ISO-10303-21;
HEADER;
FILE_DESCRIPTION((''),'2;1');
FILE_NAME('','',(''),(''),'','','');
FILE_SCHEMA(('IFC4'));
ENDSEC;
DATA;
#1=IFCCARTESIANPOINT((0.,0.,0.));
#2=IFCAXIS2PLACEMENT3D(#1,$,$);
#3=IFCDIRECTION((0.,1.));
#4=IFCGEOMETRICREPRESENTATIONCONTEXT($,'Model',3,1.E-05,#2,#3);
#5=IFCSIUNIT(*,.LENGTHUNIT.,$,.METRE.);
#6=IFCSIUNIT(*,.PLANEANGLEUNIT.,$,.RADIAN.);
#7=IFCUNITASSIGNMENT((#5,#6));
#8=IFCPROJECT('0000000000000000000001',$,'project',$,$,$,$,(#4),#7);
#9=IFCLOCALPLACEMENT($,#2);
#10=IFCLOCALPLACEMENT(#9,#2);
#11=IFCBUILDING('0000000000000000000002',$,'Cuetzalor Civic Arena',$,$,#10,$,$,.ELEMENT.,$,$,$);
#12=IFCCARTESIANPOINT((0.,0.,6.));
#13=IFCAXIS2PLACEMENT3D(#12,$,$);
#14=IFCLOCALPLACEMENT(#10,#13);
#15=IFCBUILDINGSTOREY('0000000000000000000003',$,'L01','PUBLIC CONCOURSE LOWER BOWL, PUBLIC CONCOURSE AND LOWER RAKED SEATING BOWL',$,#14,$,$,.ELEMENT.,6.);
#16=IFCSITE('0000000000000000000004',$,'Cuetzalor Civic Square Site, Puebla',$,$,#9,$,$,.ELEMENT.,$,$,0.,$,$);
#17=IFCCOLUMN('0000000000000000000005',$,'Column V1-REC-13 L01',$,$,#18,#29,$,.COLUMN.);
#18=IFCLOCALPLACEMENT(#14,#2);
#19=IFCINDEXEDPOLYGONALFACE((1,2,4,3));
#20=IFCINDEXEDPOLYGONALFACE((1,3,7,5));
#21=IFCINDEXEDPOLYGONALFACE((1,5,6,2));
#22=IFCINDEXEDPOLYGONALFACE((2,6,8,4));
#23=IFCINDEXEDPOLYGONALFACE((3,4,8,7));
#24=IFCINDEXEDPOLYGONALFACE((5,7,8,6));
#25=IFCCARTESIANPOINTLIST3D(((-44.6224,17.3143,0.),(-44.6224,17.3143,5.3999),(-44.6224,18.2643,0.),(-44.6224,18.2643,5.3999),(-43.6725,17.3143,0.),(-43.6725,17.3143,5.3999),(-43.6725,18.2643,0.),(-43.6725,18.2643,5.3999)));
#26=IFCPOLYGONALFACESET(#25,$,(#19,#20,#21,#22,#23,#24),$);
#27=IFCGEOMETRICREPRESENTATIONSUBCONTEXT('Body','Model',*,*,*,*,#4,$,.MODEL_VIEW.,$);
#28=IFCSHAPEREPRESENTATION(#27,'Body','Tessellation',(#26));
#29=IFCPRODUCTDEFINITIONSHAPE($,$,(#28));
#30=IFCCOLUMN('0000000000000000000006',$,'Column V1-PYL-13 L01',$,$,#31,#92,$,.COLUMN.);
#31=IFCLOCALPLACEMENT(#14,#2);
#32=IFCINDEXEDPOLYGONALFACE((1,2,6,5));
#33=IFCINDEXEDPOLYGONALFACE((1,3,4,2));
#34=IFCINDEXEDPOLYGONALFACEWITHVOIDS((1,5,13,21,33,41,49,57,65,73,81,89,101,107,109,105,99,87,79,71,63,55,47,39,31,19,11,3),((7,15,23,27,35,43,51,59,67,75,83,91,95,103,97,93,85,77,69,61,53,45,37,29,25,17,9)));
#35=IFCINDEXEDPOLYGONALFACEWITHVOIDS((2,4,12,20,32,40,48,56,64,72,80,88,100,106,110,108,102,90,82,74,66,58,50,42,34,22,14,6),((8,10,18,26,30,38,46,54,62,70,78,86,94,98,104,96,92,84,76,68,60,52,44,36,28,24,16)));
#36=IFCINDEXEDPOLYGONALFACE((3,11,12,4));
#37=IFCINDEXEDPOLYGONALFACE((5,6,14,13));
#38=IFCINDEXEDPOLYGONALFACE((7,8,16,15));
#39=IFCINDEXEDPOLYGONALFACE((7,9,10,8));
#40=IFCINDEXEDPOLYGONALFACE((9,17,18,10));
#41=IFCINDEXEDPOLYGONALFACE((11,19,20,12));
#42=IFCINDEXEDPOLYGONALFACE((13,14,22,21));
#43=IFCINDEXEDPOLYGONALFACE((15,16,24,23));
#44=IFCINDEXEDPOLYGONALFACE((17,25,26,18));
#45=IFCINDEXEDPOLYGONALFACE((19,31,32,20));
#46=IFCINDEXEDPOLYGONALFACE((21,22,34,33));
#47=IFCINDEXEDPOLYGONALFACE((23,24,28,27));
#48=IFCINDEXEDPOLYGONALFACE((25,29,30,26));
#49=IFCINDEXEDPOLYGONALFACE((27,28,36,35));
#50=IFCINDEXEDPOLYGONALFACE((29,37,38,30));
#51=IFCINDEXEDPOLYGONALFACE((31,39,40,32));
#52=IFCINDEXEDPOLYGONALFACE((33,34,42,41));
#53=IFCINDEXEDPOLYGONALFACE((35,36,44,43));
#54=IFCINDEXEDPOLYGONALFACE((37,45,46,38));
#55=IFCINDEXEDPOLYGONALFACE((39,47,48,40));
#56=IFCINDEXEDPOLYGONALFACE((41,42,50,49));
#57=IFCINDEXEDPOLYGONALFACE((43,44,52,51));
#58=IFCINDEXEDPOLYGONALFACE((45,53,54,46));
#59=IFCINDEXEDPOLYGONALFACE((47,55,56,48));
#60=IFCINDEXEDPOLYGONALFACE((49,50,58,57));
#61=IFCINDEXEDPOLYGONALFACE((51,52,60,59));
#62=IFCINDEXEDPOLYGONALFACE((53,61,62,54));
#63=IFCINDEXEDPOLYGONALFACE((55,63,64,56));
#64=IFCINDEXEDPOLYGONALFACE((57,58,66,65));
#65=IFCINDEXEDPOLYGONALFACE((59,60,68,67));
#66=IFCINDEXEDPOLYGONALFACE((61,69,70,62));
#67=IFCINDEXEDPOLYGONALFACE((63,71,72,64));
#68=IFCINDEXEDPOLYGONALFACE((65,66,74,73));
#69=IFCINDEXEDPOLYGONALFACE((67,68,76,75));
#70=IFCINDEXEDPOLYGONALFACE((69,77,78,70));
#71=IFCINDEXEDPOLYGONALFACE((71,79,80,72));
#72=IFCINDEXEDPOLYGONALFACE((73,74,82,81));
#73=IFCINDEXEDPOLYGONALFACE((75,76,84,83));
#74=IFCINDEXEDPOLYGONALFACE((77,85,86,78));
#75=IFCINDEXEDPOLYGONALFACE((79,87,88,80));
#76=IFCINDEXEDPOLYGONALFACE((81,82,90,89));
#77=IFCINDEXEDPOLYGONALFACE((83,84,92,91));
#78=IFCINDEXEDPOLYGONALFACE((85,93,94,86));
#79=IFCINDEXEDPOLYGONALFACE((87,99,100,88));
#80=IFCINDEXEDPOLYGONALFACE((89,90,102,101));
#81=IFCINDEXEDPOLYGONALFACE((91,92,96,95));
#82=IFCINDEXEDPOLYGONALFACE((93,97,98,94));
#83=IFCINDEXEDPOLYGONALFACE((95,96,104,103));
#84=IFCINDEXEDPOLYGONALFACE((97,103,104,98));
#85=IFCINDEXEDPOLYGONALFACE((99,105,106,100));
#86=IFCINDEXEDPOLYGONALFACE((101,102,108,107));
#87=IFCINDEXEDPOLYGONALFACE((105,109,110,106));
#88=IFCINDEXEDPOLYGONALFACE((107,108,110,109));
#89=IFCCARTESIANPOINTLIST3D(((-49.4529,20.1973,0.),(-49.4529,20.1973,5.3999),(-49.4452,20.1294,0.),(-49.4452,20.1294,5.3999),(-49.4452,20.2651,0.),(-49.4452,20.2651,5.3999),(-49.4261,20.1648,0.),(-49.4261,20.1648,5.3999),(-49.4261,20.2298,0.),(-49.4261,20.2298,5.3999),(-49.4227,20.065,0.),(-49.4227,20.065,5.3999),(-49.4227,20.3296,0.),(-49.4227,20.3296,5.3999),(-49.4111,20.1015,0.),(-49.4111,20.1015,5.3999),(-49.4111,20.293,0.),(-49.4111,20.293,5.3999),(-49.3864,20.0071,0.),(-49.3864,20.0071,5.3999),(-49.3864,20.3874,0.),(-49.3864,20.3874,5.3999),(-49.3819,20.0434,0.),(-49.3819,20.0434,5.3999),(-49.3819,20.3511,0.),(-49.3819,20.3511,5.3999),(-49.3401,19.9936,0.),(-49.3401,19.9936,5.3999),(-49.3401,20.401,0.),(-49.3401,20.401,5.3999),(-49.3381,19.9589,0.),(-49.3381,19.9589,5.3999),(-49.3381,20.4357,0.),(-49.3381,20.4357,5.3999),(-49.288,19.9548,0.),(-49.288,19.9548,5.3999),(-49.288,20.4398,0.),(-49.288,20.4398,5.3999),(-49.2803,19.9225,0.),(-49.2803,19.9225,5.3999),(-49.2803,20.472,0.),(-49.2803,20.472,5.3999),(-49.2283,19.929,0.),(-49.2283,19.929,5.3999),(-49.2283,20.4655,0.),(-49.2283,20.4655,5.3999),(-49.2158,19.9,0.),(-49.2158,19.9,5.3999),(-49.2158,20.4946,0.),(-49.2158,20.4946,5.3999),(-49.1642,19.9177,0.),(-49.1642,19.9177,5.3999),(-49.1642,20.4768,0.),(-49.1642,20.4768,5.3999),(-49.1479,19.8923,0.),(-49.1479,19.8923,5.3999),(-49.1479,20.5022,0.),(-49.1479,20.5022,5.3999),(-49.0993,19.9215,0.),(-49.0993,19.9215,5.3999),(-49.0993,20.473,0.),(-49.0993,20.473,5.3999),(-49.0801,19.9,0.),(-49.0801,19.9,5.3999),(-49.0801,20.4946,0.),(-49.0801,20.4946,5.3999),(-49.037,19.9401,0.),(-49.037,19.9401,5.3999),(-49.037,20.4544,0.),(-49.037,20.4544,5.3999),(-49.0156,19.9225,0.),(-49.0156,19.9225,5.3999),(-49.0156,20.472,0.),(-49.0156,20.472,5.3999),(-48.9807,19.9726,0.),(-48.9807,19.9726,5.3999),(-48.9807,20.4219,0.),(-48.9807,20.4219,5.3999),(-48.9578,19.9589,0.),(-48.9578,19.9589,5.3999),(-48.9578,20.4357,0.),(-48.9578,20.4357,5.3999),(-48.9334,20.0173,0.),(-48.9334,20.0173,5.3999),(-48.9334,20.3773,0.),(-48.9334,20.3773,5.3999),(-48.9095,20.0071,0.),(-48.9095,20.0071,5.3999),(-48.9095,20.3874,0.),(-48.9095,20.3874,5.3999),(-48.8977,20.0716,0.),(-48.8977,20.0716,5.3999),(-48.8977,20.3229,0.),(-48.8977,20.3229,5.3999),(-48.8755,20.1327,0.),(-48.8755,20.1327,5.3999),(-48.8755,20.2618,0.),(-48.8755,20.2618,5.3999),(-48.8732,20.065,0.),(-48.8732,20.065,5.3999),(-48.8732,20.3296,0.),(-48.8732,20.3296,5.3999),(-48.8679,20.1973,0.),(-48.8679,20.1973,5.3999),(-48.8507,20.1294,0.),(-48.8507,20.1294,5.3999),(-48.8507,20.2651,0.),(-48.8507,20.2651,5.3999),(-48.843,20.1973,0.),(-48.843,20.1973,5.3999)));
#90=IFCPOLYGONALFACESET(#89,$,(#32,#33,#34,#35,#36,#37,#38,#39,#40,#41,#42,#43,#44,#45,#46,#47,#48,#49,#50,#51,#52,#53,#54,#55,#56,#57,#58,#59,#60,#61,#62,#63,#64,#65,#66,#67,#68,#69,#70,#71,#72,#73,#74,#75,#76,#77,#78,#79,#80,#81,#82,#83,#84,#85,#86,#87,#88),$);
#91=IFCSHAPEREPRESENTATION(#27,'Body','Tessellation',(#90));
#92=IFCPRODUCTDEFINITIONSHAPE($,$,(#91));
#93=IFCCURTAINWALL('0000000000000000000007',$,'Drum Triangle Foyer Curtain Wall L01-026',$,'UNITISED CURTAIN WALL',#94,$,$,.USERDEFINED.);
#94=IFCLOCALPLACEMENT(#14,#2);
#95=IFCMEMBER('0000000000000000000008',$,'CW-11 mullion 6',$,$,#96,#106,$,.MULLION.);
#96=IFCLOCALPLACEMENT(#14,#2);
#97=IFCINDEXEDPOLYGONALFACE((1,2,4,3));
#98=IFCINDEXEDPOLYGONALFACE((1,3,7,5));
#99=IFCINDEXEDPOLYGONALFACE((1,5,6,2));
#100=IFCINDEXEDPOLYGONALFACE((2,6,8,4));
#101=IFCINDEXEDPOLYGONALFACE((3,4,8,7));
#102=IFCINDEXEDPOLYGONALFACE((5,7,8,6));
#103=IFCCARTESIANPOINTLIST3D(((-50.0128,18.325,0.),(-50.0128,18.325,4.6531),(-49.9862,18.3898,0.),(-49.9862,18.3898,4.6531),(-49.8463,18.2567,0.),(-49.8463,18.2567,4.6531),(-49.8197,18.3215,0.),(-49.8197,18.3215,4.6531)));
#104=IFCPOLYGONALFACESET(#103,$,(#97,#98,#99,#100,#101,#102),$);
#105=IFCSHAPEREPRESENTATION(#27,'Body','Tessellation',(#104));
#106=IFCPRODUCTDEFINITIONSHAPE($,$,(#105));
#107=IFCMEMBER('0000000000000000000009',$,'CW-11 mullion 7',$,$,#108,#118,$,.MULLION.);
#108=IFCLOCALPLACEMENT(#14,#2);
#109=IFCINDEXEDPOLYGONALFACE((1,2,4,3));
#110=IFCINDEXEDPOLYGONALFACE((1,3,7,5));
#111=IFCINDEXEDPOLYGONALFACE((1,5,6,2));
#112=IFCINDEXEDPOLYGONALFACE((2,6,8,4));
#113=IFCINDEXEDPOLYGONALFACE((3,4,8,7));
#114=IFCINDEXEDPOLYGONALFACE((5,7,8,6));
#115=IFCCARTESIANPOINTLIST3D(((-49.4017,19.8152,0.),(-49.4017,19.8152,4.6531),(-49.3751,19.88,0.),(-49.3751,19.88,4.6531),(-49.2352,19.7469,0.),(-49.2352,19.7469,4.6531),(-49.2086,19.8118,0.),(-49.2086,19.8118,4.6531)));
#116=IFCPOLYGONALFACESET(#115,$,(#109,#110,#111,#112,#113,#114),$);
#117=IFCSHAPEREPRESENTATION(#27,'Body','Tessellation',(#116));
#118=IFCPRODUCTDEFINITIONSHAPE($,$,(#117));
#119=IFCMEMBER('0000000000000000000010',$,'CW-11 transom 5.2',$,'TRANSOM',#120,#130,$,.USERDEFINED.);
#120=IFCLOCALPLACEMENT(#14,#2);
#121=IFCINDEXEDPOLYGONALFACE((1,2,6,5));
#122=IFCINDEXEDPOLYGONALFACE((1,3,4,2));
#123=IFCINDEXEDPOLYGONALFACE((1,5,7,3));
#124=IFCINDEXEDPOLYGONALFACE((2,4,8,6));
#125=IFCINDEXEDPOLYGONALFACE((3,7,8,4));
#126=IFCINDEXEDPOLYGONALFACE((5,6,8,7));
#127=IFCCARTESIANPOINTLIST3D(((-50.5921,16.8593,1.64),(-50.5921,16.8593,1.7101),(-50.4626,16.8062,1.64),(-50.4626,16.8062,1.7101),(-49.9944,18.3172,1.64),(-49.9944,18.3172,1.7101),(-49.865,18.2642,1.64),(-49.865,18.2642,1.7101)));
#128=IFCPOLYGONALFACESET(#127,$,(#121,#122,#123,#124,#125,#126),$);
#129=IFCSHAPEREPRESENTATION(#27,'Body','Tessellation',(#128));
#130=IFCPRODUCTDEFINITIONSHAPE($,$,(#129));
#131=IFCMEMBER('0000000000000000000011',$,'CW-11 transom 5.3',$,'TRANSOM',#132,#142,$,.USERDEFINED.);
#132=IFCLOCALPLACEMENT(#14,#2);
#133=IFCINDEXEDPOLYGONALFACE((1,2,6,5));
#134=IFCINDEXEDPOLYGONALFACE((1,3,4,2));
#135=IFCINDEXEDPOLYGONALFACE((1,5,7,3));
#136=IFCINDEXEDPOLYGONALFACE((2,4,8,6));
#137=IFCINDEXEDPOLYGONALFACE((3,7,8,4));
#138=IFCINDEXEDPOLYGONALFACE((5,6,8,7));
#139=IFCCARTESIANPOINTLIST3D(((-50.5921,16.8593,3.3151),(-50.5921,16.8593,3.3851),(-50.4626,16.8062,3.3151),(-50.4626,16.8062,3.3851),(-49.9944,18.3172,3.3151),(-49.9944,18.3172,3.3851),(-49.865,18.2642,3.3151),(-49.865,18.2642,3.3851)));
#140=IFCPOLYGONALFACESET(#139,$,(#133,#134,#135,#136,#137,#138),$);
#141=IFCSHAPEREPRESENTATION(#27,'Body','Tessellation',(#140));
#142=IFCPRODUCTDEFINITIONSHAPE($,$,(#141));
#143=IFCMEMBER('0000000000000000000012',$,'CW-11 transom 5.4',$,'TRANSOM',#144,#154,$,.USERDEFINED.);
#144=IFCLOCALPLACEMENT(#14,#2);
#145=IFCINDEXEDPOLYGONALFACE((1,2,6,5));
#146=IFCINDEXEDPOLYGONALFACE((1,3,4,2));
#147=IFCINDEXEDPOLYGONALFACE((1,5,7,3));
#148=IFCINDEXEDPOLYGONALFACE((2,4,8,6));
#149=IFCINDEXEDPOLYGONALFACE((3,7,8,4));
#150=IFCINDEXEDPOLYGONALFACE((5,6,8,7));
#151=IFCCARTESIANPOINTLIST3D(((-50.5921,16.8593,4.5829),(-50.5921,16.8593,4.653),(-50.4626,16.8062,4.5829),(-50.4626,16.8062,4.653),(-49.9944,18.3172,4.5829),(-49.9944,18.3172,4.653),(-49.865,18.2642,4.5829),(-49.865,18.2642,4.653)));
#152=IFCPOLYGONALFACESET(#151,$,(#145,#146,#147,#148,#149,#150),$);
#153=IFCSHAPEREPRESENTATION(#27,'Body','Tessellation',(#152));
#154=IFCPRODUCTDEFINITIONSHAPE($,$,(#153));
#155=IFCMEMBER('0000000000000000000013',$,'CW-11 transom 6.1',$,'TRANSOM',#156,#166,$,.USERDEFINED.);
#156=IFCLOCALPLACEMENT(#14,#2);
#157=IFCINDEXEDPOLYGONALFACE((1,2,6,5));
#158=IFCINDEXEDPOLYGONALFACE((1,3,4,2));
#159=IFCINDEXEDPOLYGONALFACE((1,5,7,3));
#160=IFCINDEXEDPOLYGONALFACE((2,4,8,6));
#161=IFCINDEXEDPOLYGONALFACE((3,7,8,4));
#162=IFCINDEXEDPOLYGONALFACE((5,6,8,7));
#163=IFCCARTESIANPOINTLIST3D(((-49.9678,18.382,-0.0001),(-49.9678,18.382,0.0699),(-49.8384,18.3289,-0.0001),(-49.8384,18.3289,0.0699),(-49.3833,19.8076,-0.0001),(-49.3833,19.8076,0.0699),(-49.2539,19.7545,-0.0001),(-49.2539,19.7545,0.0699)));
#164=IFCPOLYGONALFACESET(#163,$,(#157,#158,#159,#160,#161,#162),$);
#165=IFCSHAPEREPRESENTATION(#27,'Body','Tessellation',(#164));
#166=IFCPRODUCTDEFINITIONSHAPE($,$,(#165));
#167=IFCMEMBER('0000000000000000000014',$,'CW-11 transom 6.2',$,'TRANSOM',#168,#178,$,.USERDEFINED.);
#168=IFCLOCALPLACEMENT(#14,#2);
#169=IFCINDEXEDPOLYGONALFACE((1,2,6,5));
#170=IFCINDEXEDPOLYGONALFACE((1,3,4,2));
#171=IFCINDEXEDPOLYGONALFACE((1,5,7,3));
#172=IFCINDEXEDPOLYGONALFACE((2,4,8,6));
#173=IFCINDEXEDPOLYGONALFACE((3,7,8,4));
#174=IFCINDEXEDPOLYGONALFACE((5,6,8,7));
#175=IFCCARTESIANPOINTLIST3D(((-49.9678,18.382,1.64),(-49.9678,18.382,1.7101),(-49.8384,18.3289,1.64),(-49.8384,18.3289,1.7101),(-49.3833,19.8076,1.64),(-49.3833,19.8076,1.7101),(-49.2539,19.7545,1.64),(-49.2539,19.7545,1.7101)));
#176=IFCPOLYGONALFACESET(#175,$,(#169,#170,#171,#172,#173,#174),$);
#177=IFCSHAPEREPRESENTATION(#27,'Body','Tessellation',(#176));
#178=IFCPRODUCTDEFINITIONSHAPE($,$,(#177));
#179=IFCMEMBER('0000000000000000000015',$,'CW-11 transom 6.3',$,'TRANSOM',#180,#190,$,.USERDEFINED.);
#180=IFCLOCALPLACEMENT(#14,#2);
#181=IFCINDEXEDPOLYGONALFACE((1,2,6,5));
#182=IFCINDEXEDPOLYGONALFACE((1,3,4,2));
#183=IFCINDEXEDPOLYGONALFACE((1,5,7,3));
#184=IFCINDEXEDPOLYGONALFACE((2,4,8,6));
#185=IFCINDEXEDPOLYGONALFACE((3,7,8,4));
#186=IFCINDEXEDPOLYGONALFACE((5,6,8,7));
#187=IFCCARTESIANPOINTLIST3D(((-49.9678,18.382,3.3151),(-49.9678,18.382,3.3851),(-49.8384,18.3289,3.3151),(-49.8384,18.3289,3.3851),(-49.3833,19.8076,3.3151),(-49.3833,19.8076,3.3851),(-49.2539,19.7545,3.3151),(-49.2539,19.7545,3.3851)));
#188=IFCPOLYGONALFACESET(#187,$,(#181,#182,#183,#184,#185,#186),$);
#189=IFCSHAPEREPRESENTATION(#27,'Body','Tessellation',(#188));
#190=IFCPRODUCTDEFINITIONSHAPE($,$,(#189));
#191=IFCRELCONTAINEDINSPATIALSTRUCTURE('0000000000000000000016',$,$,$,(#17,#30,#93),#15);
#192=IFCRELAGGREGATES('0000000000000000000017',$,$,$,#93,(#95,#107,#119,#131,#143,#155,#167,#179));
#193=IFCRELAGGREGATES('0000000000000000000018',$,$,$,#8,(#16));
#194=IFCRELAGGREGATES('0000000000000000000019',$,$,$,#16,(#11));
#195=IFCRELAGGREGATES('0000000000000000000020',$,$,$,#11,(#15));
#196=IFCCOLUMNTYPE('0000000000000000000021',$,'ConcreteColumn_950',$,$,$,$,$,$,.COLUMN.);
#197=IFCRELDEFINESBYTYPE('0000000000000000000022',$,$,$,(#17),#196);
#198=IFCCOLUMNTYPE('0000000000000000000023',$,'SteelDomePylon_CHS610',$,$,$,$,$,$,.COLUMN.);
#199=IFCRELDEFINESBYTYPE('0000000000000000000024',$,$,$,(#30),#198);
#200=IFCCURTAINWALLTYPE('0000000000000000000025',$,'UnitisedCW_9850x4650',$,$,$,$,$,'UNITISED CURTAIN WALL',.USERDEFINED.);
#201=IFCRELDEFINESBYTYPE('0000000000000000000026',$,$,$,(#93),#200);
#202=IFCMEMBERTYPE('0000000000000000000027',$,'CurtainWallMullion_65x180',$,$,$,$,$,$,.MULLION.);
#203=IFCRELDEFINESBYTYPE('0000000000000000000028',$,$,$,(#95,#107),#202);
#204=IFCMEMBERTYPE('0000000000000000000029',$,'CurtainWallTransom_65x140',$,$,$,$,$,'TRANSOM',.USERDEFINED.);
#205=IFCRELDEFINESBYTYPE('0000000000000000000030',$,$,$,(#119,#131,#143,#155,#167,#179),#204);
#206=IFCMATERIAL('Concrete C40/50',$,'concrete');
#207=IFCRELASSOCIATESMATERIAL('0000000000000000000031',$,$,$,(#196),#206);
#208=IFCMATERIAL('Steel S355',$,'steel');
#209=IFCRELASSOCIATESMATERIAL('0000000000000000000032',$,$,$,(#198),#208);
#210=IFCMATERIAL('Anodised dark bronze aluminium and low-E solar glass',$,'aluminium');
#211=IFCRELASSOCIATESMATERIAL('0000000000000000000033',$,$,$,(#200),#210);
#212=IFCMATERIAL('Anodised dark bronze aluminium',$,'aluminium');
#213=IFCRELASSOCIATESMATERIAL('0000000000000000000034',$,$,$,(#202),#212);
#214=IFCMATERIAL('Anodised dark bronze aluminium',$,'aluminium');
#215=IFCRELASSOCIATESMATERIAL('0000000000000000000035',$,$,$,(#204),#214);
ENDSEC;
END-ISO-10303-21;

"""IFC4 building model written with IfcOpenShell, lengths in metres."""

from ifc_helpers import new_model, si_unit, direction, frame, origin, origin_2d, place, context, subcontext, project, spatial, rectangle, hollow_circle, extrude, material, material_profile, profile_set, type_object, element, aggregate, save


model = new_model("IFC4")

# Units and contexts
model_context = context("Model", 3, precision=1e-05, world=origin(), true_north=direction((0.0, 1.0)))
body_context = subcontext(model_context, "Body", "Model", "MODEL_VIEW")
ifc_project = project(units=[si_unit("LENGTHUNIT", "METRE"), si_unit("PLANEANGLEUNIT", "RADIAN")], contexts=[model_context])

# Site, building, storey
site_placement = place(None, origin())
site = spatial("IfcSite", under=ifc_project, at=site_placement, Name="Cuetzalor Civic Square Site, Puebla", CompositionType="ELEMENT", RefElevation=0.0)
building_placement = place(site_placement, origin())
building = spatial("IfcBuilding", under=site, at=building_placement, Name="Cuetzalor Civic Arena", CompositionType="ELEMENT")
storey_placement = place(building_placement, frame((0.0, 0.0, 6.0)))
storey = spatial("IfcBuildingStorey", under=building, at=storey_placement, Name="L01", Description="PUBLIC CONCOURSE LOWER BOWL, PUBLIC CONCOURSE AND LOWER RAKED SEATING BOWL", CompositionType="ELEMENT", Elevation=6.0)

# Columns
ifc_material_1 = material(Name="Concrete C40/50", Category="concrete")
ifc_material_profile_1 = material_profile(ifc_material_1, rectangle(XDim=0.95, YDim=0.95, at=origin_2d()), Name="RC 950x950")
ifc_profile_set_1 = profile_set([ifc_material_profile_1], Name="Concrete C40/50")
column_type_1 = type_object("IfcColumnType", Name="ConcreteColumn_950", PredefinedType="COLUMN", material=ifc_profile_set_1)
column_1_placement = place(storey_placement, frame((-44.1475, 17.7893, 0.0), z_axis=(0.0, 0.0, 1.0), x_axis=(1.0, 0.0, 0.0)))
element("IfcColumn", 1, at=column_1_placement, inside=storey, type_object=column_type_1, Name="Column V1-REC-13 L01", PredefinedType="COLUMN", context=body_context, shape_type="SweptSolid", body=[
    extrude(rectangle(XDim=0.95, YDim=0.95, at=origin_2d()), origin(), (0.0, 0.0, 1.0), 5.3999),
])
ifc_material_2 = material(Name="Steel S355", Category="steel")
ifc_material_profile_2 = material_profile(ifc_material_2, hollow_circle(Radius=0.3049, WallThickness=0.0249, at=origin_2d()), Name="CHS 610x25")
ifc_profile_set_2 = profile_set([ifc_material_profile_2], Name="Steel S355")
column_type_2 = type_object("IfcColumnType", Name="SteelDomePylon_CHS610", PredefinedType="COLUMN", material=ifc_profile_set_2)
column_2_placement = place(storey_placement, frame((-49.1479, 20.1973, 0.0), z_axis=(0.0, 0.0, 1.0), x_axis=(1.0, 0.0, 0.0)))
element("IfcColumn", 2, at=column_2_placement, inside=storey, type_object=column_type_2, Name="Column V1-PYL-13 L01", PredefinedType="COLUMN", context=body_context, shape_type="SweptSolid", body=[
    extrude(hollow_circle(Radius=0.3049, WallThickness=0.0249, at=origin_2d()), origin(), (0.0, 0.0, 1.0), 5.3999),
])

# Curtain wall, members
ifc_material_3 = material(Name="Anodised dark bronze aluminium and low-E solar glass", Category="aluminium")
curtain_wall_type = type_object("IfcCurtainWallType", Name="UnitisedCW_9850x4650", ElementType="UNITISED CURTAIN WALL", PredefinedType="USERDEFINED", material=ifc_material_3)
curtain_wall_placement = place(storey_placement, origin())
curtain_wall = element("IfcCurtainWall", 3, at=curtain_wall_placement, inside=storey, type_object=curtain_wall_type, Name="Drum Triangle Foyer Curtain Wall L01-026", ObjectType="UNITISED CURTAIN WALL", PredefinedType="USERDEFINED")
ifc_material_4 = material(Name="Anodised dark bronze aluminium", Category="aluminium")
ifc_material_profile_3 = material_profile(ifc_material_4, rectangle(XDim=0.0701, YDim=0.1799, at=origin_2d()), Name="ALU MULLION 70x180")
ifc_profile_set_3 = profile_set([ifc_material_profile_3], Name="Anodised dark bronze aluminium")
member_type_1 = type_object("IfcMemberType", Name="CurtainWallMullion_65x180", PredefinedType="MULLION", material=ifc_profile_set_3)
member_1_placement = place(storey_placement, frame((-49.9163, 18.3232, 0.0), z_axis=(0.0, 0.0, 1.0), x_axis=(0.379391, 0.925236, 0.0)))
member_1 = element("IfcMember", 4, at=member_1_placement, type_object=member_type_1, Name="CW-11 mullion 6", PredefinedType="MULLION", context=body_context, shape_type="SweptSolid", body=[
    extrude(rectangle(XDim=0.0701, YDim=0.1799, at=origin_2d()), origin(), (0.0, 0.0, 1.0), 4.6531),
])
member_2_placement = place(storey_placement, frame((-49.3052, 19.8135, 0.0), z_axis=(0.0, 0.0, 1.0), x_axis=(0.379391, 0.925236, 0.0)))
member_2 = element("IfcMember", 5, at=member_2_placement, type_object=member_type_1, Name="CW-11 mullion 7", PredefinedType="MULLION", context=body_context, shape_type="SweptSolid", body=[
    extrude(rectangle(XDim=0.0701, YDim=0.1799, at=origin_2d()), origin(), (0.0, 0.0, 1.0), 4.6531),
])
ifc_material_5 = material(Name="Anodised dark bronze aluminium", Category="aluminium")
ifc_material_profile_4 = material_profile(ifc_material_5, rectangle(XDim=0.1399, YDim=0.0701, at=origin_2d()), Name="ALU TRANSOM 70x140")
ifc_profile_set_4 = profile_set([ifc_material_profile_4], Name="Anodised dark bronze aluminium")
member_type_2 = type_object("IfcMemberType", Name="CurtainWallTransom_65x140", ElementType="TRANSOM", PredefinedType="USERDEFINED", material=ifc_profile_set_4)
member_3_placement = place(storey_placement, frame((-50.5273, 16.8328, 1.675), z_axis=(0.379284, 0.92528, 0.0), x_axis=(-0.92528, 0.379284, 0.0)))
member_3 = element("IfcMember", 6, at=member_3_placement, type_object=member_type_2, Name="CW-11 transom 5.2", ObjectType="TRANSOM", PredefinedType="USERDEFINED", context=body_context, shape_type="SweptSolid", body=[
    extrude(rectangle(XDim=0.1399, YDim=0.0701, at=origin_2d()), origin(), (0.0, 0.0, 1.0), 1.5757),
])
member_4_placement = place(storey_placement, frame((-50.5273, 16.8328, 3.3501), z_axis=(0.379284, 0.92528, 0.0), x_axis=(-0.92528, 0.379284, 0.0)))
member_4 = element("IfcMember", 7, at=member_4_placement, type_object=member_type_2, Name="CW-11 transom 5.3", ObjectType="TRANSOM", PredefinedType="USERDEFINED", context=body_context, shape_type="SweptSolid", body=[
    extrude(rectangle(XDim=0.1399, YDim=0.0701, at=origin_2d()), origin(), (0.0, 0.0, 1.0), 1.5757),
])
member_5_placement = place(storey_placement, frame((-50.5273, 16.8328, 4.6179), z_axis=(0.379284, 0.92528, 0.0), x_axis=(-0.92528, 0.379284, 0.0)))
member_5 = element("IfcMember", 8, at=member_5_placement, type_object=member_type_2, Name="CW-11 transom 5.4", ObjectType="TRANSOM", PredefinedType="USERDEFINED", context=body_context, shape_type="SweptSolid", body=[
    extrude(rectangle(XDim=0.1399, YDim=0.0701, at=origin_2d()), origin(), (0.0, 0.0, 1.0), 1.5757),
])
member_6_placement = place(storey_placement, frame((-49.9031, 18.3555, 0.0349), z_axis=(0.379355, 0.925251, 0.0), x_axis=(-0.925251, 0.379355, 0.0)))
member_6 = element("IfcMember", 9, at=member_6_placement, type_object=member_type_2, Name="CW-11 transom 6.1", ObjectType="TRANSOM", PredefinedType="USERDEFINED", context=body_context, shape_type="SweptSolid", body=[
    extrude(rectangle(XDim=0.1399, YDim=0.0701, at=origin_2d()), origin(), (0.0, 0.0, 1.0), 1.5408),
])
member_7_placement = place(storey_placement, frame((-49.9031, 18.3555, 1.675), z_axis=(0.379355, 0.925251, 0.0), x_axis=(-0.925251, 0.379355, 0.0)))
member_7 = element("IfcMember", 10, at=member_7_placement, type_object=member_type_2, Name="CW-11 transom 6.2", ObjectType="TRANSOM", PredefinedType="USERDEFINED", context=body_context, shape_type="SweptSolid", body=[
    extrude(rectangle(XDim=0.1399, YDim=0.0701, at=origin_2d()), origin(), (0.0, 0.0, 1.0), 1.5408),
])
member_8_placement = place(storey_placement, frame((-49.9031, 18.3555, 3.3501), z_axis=(0.379355, 0.925251, 0.0), x_axis=(-0.925251, 0.379355, 0.0)))
member_8 = element("IfcMember", 11, at=member_8_placement, type_object=member_type_2, Name="CW-11 transom 6.3", ObjectType="TRANSOM", PredefinedType="USERDEFINED", context=body_context, shape_type="SweptSolid", body=[
    extrude(rectangle(XDim=0.1399, YDim=0.0701, at=origin_2d()), origin(), (0.0, 0.0, 1.0), 1.5408),
])

aggregate(curtain_wall, [member_1, member_2, member_3, member_4, member_5, member_6, member_7, member_8])

save(model, "model.ifc")
